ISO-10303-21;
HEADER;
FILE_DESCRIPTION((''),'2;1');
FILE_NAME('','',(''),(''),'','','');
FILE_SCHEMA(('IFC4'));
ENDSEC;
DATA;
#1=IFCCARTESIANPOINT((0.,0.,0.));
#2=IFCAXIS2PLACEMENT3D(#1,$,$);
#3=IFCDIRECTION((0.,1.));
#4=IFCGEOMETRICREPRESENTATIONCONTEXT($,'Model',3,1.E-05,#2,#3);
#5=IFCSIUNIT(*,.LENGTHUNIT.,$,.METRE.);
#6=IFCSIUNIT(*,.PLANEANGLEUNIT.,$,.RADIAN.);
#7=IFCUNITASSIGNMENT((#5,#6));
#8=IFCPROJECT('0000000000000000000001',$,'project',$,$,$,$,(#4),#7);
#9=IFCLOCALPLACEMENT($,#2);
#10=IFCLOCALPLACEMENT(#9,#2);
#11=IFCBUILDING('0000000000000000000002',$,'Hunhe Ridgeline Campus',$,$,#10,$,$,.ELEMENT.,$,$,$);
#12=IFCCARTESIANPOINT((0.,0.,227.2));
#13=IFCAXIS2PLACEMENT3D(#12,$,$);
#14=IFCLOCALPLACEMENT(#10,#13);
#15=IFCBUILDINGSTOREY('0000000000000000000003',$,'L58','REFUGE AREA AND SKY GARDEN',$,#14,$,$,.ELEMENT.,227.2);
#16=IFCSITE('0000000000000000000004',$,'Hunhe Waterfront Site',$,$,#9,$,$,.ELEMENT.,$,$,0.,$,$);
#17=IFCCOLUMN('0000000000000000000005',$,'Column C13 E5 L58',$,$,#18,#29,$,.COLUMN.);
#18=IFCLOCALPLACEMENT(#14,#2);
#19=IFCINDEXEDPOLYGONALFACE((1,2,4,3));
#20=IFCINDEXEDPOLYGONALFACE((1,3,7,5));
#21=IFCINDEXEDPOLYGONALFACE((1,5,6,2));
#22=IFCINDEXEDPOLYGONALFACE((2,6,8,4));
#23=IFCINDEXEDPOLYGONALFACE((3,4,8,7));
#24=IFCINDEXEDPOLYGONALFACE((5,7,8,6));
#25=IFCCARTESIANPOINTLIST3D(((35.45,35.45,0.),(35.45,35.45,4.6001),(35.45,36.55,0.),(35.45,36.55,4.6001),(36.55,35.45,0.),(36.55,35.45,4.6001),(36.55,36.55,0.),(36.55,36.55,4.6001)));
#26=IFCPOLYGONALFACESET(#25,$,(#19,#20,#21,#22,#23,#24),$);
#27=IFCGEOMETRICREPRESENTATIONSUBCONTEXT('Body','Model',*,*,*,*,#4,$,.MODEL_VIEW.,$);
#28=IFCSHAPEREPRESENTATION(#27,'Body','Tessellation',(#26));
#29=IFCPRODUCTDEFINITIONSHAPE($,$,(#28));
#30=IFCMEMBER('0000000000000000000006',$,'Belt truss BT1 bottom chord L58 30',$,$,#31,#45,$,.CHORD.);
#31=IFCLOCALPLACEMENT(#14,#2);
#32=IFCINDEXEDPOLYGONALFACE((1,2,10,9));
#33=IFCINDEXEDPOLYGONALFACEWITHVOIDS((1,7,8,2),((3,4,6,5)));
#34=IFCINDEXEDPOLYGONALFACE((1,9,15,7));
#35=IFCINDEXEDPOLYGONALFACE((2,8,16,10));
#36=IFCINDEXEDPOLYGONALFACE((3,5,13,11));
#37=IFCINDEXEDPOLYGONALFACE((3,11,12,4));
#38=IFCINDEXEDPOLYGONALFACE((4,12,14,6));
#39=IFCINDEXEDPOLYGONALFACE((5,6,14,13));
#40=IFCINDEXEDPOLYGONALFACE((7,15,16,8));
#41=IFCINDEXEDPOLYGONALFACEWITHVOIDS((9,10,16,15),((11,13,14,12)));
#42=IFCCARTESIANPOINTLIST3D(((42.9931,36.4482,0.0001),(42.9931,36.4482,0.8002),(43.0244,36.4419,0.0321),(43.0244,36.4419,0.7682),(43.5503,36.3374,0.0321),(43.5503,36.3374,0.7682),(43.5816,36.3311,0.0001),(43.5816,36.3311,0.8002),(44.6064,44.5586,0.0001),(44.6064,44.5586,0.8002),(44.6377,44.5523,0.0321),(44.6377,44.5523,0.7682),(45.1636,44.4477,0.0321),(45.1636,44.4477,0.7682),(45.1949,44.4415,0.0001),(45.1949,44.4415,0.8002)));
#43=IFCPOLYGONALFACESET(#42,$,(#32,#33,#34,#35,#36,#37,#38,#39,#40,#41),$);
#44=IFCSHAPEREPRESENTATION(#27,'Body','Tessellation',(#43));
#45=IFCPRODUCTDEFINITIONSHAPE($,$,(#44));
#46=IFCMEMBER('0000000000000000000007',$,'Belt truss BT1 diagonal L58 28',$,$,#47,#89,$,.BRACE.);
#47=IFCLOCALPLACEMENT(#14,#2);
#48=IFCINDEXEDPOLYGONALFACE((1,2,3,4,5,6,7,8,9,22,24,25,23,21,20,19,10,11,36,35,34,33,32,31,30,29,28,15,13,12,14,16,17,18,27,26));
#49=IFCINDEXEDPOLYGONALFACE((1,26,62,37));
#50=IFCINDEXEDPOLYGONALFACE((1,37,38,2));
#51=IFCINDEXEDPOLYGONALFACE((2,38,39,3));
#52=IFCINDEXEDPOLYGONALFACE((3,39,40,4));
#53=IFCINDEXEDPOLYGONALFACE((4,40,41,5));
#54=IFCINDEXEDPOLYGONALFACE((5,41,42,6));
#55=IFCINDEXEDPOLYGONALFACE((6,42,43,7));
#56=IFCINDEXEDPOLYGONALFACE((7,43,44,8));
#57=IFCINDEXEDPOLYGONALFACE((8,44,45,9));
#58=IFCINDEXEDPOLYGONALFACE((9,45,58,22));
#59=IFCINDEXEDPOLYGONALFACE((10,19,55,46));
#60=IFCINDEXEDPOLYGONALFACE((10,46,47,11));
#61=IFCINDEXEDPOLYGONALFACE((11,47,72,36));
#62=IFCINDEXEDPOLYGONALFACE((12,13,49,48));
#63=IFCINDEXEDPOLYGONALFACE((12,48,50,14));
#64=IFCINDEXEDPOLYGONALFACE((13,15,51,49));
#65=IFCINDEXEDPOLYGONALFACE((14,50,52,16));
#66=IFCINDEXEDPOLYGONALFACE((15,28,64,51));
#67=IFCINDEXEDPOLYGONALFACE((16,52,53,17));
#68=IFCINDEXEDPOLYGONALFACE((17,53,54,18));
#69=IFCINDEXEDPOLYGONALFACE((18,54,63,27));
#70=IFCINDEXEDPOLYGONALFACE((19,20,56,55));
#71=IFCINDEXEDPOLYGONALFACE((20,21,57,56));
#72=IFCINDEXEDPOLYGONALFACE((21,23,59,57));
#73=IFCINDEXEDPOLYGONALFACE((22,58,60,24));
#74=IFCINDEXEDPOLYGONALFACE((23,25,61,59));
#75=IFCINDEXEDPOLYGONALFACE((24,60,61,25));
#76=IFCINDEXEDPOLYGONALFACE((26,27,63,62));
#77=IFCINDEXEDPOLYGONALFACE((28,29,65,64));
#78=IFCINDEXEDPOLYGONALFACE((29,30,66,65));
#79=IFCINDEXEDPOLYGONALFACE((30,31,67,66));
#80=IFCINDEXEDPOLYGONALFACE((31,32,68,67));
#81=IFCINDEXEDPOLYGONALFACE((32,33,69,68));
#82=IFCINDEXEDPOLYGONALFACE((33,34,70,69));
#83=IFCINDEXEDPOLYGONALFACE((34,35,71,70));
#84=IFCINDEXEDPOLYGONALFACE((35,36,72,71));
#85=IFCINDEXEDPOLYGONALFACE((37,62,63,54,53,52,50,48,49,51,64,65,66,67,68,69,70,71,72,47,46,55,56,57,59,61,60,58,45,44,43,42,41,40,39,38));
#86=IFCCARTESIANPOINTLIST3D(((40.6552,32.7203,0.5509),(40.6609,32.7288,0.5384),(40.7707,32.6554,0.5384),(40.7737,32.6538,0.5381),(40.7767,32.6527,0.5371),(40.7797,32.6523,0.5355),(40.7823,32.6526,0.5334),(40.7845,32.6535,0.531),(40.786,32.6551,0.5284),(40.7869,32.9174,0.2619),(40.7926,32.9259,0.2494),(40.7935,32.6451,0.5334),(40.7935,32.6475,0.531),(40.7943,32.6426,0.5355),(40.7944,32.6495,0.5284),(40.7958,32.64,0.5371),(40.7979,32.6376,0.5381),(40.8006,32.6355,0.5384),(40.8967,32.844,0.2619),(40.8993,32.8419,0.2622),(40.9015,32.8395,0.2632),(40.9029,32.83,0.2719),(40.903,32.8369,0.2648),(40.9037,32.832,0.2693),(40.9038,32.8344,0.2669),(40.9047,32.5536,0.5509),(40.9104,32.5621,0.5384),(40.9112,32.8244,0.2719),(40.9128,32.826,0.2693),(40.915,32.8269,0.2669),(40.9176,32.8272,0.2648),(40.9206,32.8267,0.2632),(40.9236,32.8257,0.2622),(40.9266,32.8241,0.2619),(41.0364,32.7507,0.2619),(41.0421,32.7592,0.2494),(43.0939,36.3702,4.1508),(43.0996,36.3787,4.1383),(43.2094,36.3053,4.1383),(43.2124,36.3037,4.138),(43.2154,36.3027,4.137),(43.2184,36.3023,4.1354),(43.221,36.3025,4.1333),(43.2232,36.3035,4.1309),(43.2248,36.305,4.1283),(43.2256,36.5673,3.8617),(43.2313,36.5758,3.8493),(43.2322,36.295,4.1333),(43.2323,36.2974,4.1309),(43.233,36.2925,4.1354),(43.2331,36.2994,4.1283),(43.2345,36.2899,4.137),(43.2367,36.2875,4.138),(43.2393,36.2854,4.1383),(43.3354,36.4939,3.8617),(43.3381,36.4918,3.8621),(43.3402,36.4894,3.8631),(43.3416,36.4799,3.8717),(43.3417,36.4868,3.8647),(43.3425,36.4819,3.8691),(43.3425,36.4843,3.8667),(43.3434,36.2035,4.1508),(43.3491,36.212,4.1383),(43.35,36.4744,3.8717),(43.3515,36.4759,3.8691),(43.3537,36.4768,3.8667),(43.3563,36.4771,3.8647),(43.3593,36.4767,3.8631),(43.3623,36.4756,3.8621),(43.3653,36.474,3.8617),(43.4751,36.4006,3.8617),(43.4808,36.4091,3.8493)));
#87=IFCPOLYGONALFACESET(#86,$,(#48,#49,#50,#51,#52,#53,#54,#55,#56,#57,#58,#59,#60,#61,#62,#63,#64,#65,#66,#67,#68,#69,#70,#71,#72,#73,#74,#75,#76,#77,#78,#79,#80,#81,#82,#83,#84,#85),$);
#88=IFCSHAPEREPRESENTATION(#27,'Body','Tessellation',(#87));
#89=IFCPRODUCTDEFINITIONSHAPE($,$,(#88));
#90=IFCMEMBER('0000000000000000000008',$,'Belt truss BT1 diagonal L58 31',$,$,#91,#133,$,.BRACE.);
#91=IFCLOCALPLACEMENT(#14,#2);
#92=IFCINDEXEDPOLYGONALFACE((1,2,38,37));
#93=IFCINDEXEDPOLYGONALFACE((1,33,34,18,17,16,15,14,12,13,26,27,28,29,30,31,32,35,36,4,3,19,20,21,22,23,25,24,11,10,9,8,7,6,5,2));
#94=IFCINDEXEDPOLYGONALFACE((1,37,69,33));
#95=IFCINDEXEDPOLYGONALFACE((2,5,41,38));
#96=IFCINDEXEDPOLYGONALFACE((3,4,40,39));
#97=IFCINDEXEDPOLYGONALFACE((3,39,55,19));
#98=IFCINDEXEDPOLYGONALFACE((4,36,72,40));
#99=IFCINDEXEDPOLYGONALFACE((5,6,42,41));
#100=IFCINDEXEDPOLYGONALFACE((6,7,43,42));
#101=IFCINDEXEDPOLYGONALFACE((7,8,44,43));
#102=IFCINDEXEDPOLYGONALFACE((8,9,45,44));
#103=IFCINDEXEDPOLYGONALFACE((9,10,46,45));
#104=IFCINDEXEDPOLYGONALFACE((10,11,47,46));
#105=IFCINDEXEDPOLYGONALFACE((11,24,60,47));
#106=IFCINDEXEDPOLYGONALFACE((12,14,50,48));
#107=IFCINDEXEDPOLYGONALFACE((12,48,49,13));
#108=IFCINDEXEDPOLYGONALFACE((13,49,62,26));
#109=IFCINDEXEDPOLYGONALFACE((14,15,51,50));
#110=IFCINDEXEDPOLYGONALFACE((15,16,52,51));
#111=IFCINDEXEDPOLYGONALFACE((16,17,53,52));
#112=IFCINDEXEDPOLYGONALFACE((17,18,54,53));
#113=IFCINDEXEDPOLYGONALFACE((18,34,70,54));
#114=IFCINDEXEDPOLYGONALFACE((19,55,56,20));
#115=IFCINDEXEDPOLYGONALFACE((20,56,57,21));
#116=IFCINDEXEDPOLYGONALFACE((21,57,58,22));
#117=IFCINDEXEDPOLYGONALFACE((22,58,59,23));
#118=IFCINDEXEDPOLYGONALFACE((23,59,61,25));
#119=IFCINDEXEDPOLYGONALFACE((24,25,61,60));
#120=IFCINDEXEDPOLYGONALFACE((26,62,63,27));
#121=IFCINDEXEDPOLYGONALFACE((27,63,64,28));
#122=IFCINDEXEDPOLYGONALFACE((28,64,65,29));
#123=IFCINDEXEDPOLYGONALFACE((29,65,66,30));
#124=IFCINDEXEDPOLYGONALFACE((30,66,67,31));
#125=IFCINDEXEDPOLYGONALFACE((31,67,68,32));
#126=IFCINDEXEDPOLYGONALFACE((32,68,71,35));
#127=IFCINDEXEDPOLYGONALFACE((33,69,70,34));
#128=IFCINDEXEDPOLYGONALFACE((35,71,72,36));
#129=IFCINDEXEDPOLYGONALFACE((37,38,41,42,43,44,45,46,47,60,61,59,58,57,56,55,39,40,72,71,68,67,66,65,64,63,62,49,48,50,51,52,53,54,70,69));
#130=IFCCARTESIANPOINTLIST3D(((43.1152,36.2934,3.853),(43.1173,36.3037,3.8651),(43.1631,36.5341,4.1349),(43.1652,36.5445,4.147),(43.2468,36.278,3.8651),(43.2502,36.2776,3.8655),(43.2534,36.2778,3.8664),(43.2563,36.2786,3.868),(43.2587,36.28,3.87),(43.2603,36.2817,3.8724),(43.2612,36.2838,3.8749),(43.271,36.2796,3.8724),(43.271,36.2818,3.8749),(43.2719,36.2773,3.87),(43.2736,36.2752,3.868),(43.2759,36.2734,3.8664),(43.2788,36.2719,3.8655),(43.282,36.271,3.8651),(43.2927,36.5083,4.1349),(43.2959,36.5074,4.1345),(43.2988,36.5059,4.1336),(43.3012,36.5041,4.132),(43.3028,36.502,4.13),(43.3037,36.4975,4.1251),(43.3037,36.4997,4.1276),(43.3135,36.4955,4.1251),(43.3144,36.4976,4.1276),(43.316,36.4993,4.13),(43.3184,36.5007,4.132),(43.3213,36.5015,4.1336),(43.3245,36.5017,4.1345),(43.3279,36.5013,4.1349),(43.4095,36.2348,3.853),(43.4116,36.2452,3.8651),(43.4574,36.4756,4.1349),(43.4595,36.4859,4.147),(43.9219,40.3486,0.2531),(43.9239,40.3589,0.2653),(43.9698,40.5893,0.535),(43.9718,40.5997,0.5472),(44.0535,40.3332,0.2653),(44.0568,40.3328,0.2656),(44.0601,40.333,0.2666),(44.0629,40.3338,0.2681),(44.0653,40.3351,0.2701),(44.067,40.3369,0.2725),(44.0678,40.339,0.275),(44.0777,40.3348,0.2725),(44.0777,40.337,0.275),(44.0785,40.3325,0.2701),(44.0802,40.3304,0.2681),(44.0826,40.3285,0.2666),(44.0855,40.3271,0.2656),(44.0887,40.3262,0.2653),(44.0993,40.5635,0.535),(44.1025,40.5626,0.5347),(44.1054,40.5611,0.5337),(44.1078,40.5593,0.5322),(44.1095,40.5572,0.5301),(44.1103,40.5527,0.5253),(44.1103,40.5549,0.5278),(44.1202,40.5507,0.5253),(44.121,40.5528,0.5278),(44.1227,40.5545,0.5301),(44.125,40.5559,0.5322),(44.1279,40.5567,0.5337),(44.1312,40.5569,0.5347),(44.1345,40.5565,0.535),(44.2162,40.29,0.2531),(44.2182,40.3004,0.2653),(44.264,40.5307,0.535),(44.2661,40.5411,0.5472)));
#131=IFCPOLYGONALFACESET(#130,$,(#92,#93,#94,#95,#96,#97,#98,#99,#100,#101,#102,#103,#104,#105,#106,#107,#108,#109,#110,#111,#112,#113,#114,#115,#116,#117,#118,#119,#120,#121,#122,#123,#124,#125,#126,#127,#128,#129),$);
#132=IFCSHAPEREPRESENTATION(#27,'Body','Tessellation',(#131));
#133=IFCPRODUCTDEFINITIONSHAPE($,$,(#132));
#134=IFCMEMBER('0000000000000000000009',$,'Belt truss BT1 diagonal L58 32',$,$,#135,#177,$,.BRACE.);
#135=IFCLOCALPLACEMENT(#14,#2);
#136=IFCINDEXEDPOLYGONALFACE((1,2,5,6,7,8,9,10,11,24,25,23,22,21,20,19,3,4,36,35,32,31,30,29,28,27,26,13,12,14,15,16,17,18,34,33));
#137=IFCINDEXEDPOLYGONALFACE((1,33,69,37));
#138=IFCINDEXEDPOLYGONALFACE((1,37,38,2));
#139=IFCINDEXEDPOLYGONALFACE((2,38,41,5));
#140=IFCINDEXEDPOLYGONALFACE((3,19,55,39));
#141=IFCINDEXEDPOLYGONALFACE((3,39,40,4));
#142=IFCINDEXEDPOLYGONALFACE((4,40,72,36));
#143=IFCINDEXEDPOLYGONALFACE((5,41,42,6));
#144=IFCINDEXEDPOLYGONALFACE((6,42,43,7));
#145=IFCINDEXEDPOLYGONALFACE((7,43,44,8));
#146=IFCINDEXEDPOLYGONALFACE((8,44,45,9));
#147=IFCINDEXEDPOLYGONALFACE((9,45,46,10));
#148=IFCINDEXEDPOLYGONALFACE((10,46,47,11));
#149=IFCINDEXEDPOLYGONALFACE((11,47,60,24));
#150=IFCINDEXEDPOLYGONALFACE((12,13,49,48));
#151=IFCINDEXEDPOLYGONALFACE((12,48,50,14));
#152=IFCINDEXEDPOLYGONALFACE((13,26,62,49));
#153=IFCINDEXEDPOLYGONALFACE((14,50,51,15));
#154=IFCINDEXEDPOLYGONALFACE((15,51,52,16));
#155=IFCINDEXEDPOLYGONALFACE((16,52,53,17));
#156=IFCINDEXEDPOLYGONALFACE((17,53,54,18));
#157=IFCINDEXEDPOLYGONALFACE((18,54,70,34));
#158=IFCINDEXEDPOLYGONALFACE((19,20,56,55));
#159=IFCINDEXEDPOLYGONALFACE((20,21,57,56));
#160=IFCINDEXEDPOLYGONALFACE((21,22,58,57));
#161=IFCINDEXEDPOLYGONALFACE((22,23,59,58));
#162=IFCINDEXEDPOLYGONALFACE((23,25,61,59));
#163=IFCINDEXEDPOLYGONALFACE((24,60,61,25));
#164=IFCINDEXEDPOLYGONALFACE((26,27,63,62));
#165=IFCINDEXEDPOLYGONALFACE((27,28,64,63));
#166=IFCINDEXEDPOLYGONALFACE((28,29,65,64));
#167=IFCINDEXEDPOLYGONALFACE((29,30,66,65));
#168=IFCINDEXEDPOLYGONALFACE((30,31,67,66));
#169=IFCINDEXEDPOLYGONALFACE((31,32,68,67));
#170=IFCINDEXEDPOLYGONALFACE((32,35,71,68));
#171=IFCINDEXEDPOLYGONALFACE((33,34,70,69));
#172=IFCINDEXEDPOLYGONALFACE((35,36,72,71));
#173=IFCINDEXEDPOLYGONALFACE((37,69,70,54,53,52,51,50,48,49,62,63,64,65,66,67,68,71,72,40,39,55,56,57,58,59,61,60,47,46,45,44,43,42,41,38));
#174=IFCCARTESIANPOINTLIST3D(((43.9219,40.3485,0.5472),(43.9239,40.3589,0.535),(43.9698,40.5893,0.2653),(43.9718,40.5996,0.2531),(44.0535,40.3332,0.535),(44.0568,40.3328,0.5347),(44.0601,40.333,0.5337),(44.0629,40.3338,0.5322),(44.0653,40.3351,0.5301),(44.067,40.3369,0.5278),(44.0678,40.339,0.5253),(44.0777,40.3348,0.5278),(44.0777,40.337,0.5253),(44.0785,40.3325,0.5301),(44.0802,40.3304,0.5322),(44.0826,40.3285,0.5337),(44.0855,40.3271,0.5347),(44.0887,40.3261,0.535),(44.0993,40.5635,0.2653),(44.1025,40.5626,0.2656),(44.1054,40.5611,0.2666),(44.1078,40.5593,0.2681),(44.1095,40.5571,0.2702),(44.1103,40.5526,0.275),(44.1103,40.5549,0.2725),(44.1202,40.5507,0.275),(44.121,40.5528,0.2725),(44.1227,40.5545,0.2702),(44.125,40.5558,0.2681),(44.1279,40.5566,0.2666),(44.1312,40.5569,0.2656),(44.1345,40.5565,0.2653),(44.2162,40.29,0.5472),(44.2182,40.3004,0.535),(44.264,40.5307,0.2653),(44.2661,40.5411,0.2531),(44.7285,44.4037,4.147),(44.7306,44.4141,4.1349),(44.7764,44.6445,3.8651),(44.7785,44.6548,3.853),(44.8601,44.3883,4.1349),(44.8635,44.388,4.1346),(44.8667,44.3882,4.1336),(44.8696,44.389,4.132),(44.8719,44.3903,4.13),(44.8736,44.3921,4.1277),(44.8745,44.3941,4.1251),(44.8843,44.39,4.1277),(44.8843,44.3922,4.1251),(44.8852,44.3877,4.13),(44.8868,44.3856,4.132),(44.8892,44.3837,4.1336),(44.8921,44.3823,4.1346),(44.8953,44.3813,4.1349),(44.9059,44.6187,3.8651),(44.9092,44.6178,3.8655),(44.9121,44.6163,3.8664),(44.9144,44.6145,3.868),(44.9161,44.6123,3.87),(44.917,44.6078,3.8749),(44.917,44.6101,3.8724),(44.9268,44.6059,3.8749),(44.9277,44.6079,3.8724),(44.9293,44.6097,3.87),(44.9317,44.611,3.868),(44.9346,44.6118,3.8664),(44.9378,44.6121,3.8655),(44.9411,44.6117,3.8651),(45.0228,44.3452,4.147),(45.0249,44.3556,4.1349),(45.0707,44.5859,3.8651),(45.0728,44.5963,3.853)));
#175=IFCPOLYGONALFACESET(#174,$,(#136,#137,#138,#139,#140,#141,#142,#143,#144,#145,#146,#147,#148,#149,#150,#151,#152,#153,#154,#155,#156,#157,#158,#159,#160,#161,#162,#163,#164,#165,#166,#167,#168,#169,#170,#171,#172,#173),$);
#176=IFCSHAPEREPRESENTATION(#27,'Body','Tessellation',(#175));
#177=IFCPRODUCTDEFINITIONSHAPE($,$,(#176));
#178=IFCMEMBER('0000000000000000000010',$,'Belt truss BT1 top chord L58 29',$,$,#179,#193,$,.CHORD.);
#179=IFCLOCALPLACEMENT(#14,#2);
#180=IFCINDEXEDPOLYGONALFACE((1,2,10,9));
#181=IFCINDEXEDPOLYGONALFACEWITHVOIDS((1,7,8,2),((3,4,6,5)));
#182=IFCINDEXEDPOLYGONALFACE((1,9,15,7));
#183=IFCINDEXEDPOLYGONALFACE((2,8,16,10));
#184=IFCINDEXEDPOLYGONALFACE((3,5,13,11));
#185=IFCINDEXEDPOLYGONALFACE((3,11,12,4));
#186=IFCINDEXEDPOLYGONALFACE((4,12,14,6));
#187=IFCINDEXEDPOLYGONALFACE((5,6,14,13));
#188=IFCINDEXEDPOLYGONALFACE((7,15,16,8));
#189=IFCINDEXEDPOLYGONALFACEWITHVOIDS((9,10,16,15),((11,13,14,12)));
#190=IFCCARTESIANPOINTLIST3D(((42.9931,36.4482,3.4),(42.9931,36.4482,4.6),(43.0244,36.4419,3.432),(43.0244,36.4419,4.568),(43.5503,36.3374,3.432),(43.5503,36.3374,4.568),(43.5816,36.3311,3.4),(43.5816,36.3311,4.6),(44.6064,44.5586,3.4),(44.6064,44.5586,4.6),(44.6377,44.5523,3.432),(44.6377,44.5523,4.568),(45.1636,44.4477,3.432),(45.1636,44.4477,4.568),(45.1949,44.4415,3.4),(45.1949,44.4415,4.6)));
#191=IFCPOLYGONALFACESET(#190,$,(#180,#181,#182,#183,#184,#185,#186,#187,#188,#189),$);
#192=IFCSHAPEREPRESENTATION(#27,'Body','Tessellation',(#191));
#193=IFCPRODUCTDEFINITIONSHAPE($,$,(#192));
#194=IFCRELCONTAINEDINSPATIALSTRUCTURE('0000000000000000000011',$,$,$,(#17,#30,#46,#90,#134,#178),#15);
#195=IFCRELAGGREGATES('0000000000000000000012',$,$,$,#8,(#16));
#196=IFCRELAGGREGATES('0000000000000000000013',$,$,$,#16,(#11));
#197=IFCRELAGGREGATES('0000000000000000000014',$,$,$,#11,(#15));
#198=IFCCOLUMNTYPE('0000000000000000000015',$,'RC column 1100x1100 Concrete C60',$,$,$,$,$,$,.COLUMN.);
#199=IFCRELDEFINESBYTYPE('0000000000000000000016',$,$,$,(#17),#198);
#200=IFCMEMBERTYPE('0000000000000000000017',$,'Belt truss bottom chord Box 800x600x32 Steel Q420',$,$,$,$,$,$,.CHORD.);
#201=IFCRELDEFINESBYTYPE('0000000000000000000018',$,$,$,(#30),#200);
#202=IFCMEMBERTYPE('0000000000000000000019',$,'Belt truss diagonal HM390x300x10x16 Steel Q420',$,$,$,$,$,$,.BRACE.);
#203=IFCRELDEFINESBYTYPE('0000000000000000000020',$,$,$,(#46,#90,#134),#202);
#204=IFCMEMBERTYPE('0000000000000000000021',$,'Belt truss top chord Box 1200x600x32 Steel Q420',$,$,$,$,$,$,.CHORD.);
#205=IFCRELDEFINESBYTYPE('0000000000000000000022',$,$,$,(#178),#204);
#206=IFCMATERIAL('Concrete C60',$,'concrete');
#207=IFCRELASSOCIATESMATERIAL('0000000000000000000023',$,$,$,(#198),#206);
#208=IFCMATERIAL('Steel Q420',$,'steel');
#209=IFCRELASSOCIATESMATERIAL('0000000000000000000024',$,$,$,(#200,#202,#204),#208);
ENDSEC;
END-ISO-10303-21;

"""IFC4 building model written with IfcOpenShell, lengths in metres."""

from ifc_helpers import new_model, si_unit, direction, frame, origin, origin_2d, place, context, subcontext, project, spatial, rectangle, hollow_rectangle, i_section, extrude, material, material_profile, profile_set, type_object, element, save


model = new_model("IFC4")

# Units and contexts
model_context = context("Model", 3, precision=1e-05, world=origin(), true_north=direction((0.0, 1.0)))
body_context = subcontext(model_context, "Body", "Model", "MODEL_VIEW")
ifc_project = project(units=[si_unit("LENGTHUNIT", "METRE"), si_unit("PLANEANGLEUNIT", "RADIAN")], contexts=[model_context])

# Site, building, storey
site_placement = place(None, origin())
site = spatial("IfcSite", under=ifc_project, at=site_placement, Name="Hunhe Waterfront Site", CompositionType="ELEMENT", RefElevation=0.0)
building_placement = place(site_placement, origin())
building = spatial("IfcBuilding", under=site, at=building_placement, Name="Hunhe Ridgeline Campus", CompositionType="ELEMENT")
storey_placement = place(building_placement, frame((0.0, 0.0, 227.2)))
storey = spatial("IfcBuildingStorey", under=building, at=storey_placement, Name="L58", Description="REFUGE AREA AND SKY GARDEN", CompositionType="ELEMENT", Elevation=227.2)

# Column
ifc_material_1 = material(Name="Concrete C60", Category="concrete")
ifc_material_profile_1 = material_profile(ifc_material_1, rectangle(XDim=1.1001, YDim=1.1001, at=origin_2d()))
ifc_profile_set_1 = profile_set([ifc_material_profile_1], Name="Concrete C60")
column_type = type_object("IfcColumnType", Name="RC column 1100x1100 Concrete C60", PredefinedType="COLUMN", material=ifc_profile_set_1)
column_placement = place(storey_placement, frame((36.0, 36.0, 0.0), z_axis=(0.0, 0.0, 1.0), x_axis=(1.0, 0.0, 0.0)))
element("IfcColumn", 1, at=column_placement, inside=storey, type_object=column_type, Name="Column C13 E5 L58", PredefinedType="COLUMN", context=body_context, shape_type="SweptSolid", body=[
    extrude(rectangle(XDim=1.1001, YDim=1.1001, at=origin_2d()), origin(), (0.0, 0.0, 1.0), 4.6001),
])

# Members
ifc_material_2 = material(Name="Steel Q420", Category="steel")
ifc_material_profile_2 = material_profile(ifc_material_2, hollow_rectangle(XDim=0.6001, YDim=0.8, WallThickness=0.032, at=origin_2d()))
ifc_profile_set_2 = profile_set([ifc_material_profile_2], Name="Steel Q420")
member_type_1 = type_object("IfcMemberType", Name="Belt truss bottom chord Box 800x600x32 Steel Q420", PredefinedType="CHORD", material=ifc_profile_set_2)
member_1_placement = place(storey_placement, frame((43.2874, 36.3896, 0.4001), z_axis=(0.195094, 0.980785, 0.0), x_axis=(-0.980785, 0.195094, 0.0)))
element("IfcMember", 2, at=member_1_placement, inside=storey, type_object=member_type_1, Name="Belt truss BT1 bottom chord L58 30", PredefinedType="CHORD", context=body_context, shape_type="SweptSolid", body=[
    extrude(hollow_rectangle(XDim=0.6001, YDim=0.8, WallThickness=0.032, at=origin_2d()), origin(), (0.0, 0.0, 1.0), 8.2693),
])
ifc_material_profile_3 = material_profile(ifc_material_2, i_section(OverallWidth=0.3, OverallDepth=0.3899, WebThickness=0.01, FlangeThickness=0.0161, FilletRadius=0.0129, at=origin_2d()))
ifc_profile_set_3 = profile_set([ifc_material_profile_3], Name="Steel Q420")
member_type_2 = type_object("IfcMemberType", Name="Belt truss diagonal HM390x300x10x16 Steel Q420", PredefinedType="BRACE", material=ifc_profile_set_3)
member_2_placement = place(storey_placement, frame((40.8486, 32.7397, 0.4001), z_axis=(0.429581, 0.64293, 0.634114), x_axis=(-0.831477, 0.55556, 0.0)))
element("IfcMember", 3, at=member_2_placement, inside=storey, type_object=member_type_2, Name="Belt truss BT1 diagonal L58 28", PredefinedType="BRACE", context=body_context, shape_type="SweptSolid", body=[
    extrude(i_section(OverallWidth=0.3, OverallDepth=0.3899, WebThickness=0.01, FlangeThickness=0.0161, FilletRadius=0.0129, at=origin_2d()), origin(), (0.0, 0.0, 1.0), 5.677),
])
for number, where, z_axis, x_axis, name in (
    (4, (43.2874, 36.3896, 4.0), (0.147139, 0.739704, -0.656649), (-0.980785, 0.195094, 0.0), "Belt truss BT1 diagonal L58 31"),
    (5, (44.094, 40.4448, 0.4001), (0.147139, 0.739704, 0.656649), (-0.980785, 0.195094, 0.0), "Belt truss BT1 diagonal L58 32"),
):
    element("IfcMember", number, at=place(storey_placement, frame(where, z_axis=z_axis, x_axis=x_axis)), inside=storey, type_object=member_type_2, Name=name, PredefinedType="BRACE", context=body_context, shape_type="SweptSolid", body=[
        extrude(i_section(OverallWidth=0.3, OverallDepth=0.3899, WebThickness=0.01, FlangeThickness=0.0161, FilletRadius=0.0129, at=origin_2d()), origin(), (0.0, 0.0, 1.0), 5.4822),
    ])
ifc_material_profile_4 = material_profile(ifc_material_2, hollow_rectangle(XDim=0.6001, YDim=1.2, WallThickness=0.032, at=origin_2d()))
ifc_profile_set_4 = profile_set([ifc_material_profile_4], Name="Steel Q420")
member_type_3 = type_object("IfcMemberType", Name="Belt truss top chord Box 1200x600x32 Steel Q420", PredefinedType="CHORD", material=ifc_profile_set_4)
member_3_placement = place(storey_placement, frame((43.2874, 36.3896, 4.0), z_axis=(0.195094, 0.980785, 0.0), x_axis=(-0.980785, 0.195094, 0.0)))
element("IfcMember", 6, at=member_3_placement, inside=storey, type_object=member_type_3, Name="Belt truss BT1 top chord L58 29", PredefinedType="CHORD", context=body_context, shape_type="SweptSolid", body=[
    extrude(hollow_rectangle(XDim=0.6001, YDim=1.2, WallThickness=0.032, at=origin_2d()), origin(), (0.0, 0.0, 1.0), 8.2693),
])

save(model, "model.ifc")
